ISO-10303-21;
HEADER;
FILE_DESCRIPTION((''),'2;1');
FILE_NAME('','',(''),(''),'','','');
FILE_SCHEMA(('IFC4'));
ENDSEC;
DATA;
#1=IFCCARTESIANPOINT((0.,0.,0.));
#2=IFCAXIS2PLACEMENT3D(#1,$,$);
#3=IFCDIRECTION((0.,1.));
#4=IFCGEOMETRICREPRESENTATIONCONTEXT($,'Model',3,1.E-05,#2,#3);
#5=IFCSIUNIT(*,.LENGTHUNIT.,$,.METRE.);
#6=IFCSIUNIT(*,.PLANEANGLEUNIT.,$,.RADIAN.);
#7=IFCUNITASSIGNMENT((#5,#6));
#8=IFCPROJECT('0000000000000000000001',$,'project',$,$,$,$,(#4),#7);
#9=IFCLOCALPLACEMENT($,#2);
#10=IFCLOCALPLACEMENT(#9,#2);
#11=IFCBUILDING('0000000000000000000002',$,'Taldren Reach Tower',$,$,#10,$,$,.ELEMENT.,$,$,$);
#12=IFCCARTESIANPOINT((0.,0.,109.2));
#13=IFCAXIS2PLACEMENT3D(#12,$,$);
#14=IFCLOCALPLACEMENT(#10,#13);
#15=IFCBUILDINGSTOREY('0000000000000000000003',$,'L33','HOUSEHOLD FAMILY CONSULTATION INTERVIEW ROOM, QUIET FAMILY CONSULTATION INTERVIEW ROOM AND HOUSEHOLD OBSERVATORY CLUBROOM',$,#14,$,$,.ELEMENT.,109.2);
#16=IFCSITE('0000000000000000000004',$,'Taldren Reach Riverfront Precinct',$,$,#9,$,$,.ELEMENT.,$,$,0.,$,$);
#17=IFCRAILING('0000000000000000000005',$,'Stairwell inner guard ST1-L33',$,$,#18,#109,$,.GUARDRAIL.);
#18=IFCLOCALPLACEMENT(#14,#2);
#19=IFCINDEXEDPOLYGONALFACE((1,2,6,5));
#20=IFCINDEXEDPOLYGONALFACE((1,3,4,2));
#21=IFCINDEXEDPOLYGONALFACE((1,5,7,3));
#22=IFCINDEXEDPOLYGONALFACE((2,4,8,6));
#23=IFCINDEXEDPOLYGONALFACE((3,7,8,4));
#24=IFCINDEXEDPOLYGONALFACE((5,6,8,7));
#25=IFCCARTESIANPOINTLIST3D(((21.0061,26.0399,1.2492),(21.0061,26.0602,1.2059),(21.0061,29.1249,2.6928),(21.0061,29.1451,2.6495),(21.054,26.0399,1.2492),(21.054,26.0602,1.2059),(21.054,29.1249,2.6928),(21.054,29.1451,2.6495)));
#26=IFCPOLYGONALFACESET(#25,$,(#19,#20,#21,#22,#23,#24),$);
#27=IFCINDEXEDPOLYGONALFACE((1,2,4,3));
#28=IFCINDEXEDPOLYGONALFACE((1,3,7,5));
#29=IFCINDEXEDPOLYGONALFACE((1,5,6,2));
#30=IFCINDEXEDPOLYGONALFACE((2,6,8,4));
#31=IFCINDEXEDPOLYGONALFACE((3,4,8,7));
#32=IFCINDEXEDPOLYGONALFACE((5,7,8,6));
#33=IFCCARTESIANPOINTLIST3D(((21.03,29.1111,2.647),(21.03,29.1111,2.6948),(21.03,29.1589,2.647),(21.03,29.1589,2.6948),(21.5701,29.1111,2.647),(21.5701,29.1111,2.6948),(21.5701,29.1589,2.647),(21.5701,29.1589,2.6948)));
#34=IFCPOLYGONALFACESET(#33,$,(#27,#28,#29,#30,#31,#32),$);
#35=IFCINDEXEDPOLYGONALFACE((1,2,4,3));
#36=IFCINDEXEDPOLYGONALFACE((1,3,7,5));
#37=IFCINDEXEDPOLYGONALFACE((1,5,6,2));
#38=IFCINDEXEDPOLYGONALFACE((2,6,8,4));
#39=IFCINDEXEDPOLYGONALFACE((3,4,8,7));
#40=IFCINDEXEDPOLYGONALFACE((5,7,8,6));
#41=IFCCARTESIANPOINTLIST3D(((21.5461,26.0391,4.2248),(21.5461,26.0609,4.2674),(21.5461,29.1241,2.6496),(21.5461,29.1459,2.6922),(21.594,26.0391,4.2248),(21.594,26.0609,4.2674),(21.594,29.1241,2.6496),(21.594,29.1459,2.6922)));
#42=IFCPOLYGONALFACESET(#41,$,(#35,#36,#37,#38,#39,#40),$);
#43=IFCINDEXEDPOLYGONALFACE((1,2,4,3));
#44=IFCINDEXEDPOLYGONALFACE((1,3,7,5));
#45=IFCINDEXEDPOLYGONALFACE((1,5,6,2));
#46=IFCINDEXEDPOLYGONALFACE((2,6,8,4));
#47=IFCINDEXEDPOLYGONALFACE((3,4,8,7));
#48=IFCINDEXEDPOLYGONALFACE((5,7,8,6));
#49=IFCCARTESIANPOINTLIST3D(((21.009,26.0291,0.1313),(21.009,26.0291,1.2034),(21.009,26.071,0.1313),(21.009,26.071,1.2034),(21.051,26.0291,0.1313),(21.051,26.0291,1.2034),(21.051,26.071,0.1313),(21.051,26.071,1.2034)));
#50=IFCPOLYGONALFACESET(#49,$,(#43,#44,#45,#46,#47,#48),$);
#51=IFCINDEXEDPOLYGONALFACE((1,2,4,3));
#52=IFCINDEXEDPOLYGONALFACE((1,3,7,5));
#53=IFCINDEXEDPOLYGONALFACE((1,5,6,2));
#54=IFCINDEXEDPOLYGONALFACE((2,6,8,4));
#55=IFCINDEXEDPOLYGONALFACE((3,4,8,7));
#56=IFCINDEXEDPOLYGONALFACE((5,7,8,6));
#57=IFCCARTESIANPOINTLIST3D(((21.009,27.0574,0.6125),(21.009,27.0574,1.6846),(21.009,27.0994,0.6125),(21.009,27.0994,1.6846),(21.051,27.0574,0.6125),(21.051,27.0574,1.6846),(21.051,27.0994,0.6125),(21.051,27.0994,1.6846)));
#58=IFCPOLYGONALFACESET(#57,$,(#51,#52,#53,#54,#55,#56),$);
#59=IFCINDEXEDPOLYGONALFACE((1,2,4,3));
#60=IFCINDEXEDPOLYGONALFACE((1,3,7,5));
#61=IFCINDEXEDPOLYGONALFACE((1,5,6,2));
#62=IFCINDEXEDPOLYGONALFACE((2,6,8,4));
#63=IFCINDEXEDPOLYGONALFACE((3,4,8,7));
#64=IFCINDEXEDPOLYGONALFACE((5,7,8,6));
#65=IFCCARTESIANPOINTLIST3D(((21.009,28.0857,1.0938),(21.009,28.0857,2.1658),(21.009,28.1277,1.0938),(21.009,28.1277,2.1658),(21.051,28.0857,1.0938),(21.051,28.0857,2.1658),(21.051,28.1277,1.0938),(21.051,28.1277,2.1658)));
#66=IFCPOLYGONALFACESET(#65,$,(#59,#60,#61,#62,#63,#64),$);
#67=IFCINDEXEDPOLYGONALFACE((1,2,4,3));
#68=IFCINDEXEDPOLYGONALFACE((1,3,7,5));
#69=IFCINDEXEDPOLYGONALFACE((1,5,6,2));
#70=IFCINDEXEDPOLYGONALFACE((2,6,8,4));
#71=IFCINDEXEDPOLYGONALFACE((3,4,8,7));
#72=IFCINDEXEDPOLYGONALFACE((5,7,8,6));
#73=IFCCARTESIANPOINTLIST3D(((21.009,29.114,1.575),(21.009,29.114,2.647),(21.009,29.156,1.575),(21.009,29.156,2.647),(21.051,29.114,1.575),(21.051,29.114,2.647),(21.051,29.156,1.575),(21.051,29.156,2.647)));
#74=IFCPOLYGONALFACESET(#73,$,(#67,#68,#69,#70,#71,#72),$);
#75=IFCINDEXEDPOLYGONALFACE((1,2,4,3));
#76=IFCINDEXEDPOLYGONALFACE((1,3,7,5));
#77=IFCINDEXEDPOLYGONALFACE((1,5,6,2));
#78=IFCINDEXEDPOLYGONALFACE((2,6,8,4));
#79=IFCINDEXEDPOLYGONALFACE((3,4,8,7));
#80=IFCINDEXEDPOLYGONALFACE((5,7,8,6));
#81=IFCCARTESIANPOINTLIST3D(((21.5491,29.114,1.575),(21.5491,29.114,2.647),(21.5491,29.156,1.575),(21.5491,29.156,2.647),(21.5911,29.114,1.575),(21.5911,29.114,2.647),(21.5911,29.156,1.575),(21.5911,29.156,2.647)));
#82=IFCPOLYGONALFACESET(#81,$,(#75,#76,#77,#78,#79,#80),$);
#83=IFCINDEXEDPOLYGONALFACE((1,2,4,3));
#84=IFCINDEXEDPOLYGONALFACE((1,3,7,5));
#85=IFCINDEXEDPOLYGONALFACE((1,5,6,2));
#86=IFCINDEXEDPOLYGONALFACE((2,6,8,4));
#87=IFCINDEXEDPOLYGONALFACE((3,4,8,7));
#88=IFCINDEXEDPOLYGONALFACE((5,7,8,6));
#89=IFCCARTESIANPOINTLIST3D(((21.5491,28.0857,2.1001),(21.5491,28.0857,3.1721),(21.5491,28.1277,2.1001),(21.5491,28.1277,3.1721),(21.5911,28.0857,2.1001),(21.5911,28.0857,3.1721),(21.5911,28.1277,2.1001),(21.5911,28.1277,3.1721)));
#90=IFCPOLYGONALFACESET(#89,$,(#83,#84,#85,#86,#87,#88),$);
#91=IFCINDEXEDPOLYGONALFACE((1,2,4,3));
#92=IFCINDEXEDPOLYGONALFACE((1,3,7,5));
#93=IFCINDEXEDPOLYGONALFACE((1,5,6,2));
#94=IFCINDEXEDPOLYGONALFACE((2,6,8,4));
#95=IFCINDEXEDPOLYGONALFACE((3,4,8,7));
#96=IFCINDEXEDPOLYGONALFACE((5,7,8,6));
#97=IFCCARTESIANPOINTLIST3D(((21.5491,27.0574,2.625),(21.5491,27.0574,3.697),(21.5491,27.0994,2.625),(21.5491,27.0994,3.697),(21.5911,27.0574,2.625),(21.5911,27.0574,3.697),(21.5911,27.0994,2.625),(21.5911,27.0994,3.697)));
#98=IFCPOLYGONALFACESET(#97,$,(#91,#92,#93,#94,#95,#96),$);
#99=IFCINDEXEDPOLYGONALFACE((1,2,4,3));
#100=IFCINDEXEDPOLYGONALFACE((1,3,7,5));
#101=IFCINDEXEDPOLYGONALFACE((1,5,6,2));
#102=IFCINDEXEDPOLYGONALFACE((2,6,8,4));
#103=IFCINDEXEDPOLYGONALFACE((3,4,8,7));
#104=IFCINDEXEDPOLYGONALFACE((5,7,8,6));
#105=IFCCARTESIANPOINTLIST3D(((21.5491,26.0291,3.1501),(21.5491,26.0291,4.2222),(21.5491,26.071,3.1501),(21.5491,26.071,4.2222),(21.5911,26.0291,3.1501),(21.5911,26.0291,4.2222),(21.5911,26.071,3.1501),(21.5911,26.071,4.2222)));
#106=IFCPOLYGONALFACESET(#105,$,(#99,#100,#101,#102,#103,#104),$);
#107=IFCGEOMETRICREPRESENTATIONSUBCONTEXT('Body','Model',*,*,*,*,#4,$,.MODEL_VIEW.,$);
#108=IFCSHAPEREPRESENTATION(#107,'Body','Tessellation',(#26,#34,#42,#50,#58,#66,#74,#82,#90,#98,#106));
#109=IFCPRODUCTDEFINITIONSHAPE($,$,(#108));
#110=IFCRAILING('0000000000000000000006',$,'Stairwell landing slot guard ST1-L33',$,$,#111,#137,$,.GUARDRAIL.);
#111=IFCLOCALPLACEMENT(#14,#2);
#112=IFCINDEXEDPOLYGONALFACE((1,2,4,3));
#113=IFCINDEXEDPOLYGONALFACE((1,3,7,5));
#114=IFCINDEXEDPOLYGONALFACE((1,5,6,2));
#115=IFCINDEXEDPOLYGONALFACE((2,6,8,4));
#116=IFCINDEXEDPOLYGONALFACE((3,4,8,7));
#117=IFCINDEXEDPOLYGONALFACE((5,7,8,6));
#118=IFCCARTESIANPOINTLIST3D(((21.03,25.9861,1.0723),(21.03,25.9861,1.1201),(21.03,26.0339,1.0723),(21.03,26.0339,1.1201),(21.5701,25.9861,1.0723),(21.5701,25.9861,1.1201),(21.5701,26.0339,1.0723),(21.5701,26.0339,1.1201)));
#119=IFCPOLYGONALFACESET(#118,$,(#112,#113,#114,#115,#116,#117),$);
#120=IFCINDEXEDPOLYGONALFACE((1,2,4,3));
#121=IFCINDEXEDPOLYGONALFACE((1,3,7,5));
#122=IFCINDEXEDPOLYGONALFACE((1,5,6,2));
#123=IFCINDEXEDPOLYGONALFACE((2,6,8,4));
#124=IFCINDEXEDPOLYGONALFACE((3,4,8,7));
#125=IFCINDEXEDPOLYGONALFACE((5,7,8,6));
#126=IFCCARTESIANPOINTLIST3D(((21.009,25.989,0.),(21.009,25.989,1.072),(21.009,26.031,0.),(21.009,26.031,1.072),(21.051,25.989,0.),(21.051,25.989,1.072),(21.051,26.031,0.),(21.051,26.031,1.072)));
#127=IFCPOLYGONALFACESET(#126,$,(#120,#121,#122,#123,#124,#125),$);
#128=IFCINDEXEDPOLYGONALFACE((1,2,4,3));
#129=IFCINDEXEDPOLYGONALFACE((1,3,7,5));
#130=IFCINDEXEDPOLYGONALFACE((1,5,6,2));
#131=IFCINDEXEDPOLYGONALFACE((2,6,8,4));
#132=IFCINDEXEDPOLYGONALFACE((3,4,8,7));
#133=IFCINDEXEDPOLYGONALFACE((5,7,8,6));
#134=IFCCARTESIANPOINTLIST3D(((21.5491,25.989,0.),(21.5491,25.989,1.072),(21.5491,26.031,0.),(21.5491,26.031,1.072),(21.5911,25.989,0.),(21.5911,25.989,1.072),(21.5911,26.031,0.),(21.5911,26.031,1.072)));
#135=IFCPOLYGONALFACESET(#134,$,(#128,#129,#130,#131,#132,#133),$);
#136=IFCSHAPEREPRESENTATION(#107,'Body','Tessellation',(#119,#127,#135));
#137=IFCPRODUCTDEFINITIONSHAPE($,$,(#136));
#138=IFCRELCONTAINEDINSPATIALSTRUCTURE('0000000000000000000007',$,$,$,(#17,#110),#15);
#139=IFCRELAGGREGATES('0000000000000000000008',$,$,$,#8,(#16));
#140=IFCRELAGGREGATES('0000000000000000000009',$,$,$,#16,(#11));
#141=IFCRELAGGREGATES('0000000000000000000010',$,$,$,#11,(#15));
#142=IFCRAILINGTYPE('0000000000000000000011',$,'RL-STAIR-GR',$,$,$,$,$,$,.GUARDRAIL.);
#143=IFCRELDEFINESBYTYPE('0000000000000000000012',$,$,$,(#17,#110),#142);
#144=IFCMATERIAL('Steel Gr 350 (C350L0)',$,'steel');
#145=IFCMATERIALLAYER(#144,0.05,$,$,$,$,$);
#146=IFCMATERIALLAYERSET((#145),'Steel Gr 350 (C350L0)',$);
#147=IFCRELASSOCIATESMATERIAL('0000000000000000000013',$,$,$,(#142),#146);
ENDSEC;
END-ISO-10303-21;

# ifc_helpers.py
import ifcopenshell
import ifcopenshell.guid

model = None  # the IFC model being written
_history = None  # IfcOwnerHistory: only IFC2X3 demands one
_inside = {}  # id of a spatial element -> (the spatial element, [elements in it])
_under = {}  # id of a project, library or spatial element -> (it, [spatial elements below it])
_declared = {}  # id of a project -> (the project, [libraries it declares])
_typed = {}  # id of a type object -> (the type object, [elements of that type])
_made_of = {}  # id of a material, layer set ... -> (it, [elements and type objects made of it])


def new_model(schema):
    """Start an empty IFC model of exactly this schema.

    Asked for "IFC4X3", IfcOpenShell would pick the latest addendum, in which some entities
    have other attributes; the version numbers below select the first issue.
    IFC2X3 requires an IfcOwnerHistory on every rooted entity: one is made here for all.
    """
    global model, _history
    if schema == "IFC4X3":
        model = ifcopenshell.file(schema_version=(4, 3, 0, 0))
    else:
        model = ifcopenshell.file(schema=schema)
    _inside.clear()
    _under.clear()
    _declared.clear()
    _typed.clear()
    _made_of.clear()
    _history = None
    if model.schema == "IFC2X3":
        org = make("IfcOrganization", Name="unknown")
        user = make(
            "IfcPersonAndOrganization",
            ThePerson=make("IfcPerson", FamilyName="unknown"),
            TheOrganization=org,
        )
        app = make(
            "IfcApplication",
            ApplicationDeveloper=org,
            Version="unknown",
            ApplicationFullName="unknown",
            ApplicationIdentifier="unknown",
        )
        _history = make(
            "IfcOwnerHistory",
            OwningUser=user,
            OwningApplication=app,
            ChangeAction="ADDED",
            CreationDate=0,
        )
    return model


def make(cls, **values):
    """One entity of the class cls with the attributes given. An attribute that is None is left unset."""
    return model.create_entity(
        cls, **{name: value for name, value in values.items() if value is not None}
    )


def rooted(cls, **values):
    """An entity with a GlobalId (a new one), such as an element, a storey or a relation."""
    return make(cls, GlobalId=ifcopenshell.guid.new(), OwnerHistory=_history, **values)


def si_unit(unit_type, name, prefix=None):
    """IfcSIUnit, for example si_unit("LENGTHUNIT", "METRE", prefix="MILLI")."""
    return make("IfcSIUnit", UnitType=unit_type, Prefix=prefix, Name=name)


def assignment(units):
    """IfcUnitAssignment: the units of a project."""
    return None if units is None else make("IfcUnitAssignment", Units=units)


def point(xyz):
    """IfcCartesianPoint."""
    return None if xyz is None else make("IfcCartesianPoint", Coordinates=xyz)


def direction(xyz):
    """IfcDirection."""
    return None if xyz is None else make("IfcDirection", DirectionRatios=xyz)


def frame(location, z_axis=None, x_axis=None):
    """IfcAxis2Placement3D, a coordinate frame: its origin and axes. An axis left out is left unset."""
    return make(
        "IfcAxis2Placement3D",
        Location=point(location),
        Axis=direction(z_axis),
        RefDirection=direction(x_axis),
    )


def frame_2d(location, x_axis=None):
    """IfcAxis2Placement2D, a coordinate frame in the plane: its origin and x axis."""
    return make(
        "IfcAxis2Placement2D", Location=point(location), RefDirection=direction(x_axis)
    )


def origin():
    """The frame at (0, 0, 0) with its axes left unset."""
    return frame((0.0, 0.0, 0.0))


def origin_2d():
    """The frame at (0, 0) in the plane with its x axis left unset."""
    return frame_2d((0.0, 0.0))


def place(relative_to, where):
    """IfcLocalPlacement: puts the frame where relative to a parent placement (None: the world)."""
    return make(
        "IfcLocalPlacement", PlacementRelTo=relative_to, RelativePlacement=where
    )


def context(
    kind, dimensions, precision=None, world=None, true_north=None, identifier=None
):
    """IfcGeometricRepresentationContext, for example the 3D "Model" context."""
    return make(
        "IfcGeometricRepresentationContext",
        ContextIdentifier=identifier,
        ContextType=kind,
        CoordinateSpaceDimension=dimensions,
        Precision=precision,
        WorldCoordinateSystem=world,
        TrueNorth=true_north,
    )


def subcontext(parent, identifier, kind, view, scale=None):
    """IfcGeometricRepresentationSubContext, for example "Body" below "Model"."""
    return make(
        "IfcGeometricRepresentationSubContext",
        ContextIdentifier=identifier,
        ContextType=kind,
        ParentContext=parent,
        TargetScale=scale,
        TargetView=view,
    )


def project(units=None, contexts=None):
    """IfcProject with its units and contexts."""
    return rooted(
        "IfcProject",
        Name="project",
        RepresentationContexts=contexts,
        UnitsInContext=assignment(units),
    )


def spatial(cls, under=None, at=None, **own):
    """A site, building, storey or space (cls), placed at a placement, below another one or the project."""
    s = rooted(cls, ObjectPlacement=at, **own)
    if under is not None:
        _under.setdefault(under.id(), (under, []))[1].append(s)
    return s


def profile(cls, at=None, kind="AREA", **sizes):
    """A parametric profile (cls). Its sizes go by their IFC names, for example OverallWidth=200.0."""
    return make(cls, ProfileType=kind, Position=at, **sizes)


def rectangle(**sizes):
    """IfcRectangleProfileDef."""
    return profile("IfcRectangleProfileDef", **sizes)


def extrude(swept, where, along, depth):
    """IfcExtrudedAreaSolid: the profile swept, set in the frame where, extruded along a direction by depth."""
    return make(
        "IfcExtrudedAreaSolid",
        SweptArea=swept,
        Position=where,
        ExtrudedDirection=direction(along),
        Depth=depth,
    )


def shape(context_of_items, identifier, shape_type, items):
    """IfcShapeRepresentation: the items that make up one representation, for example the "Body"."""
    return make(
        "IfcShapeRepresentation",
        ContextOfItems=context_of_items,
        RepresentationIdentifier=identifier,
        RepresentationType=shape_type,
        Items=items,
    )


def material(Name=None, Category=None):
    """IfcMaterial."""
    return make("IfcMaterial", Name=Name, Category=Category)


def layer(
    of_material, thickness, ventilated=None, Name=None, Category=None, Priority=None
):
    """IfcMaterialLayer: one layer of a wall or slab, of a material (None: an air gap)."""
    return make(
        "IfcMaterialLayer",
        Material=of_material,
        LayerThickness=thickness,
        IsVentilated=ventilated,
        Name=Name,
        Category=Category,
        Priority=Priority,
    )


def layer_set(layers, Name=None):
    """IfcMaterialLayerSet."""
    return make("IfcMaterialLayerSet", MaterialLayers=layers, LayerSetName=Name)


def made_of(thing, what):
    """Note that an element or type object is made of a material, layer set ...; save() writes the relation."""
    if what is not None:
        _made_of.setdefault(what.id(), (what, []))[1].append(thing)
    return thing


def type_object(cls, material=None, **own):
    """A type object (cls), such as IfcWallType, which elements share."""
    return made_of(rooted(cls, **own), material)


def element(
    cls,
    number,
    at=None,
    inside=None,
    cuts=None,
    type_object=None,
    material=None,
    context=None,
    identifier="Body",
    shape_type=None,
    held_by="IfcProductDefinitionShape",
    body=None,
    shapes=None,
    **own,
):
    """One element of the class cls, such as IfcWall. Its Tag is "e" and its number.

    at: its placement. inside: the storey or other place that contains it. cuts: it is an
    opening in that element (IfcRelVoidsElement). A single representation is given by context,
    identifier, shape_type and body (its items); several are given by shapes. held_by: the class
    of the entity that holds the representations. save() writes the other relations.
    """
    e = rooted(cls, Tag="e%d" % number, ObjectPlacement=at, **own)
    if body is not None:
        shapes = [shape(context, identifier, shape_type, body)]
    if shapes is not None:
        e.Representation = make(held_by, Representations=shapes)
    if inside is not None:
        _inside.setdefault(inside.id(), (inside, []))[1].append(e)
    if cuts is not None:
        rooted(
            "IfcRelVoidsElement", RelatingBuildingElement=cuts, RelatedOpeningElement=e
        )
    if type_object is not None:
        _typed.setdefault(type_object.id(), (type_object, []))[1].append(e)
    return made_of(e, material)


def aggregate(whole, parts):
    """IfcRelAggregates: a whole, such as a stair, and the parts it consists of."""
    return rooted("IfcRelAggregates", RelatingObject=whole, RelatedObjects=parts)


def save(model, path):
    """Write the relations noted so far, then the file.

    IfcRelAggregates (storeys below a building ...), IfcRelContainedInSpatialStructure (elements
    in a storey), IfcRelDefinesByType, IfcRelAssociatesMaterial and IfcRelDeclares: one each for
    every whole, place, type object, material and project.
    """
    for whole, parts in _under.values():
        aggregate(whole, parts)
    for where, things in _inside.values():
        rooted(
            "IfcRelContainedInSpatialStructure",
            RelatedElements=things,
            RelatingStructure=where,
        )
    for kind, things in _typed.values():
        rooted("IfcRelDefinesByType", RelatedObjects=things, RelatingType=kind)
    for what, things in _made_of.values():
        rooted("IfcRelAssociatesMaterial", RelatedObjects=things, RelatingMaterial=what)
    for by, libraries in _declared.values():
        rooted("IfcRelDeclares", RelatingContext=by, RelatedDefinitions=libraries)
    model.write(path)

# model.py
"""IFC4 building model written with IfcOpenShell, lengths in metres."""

from ifc_helpers import new_model, si_unit, direction, frame, origin, origin_2d, place, context, subcontext, project, spatial, rectangle, extrude, material, layer, layer_set, type_object, element, save


model = new_model("IFC4")

# Units and contexts
model_context = context("Model", 3, precision=1e-05, world=origin(), true_north=direction((0.0, 1.0)))
body_context = subcontext(model_context, "Body", "Model", "MODEL_VIEW")
ifc_project = project(units=[si_unit("LENGTHUNIT", "METRE"), si_unit("PLANEANGLEUNIT", "RADIAN")], contexts=[model_context])

# Site, building, storey
site_placement = place(None, origin())
site = spatial("IfcSite", under=ifc_project, at=site_placement, Name="Taldren Reach Riverfront Precinct", CompositionType="ELEMENT", RefElevation=0.0)
building_placement = place(site_placement, origin())
building = spatial("IfcBuilding", under=site, at=building_placement, Name="Taldren Reach Tower", CompositionType="ELEMENT")
storey_placement = place(building_placement, frame((0.0, 0.0, 109.2)))
storey = spatial("IfcBuildingStorey", under=building, at=storey_placement, Name="L33", Description="HOUSEHOLD FAMILY CONSULTATION INTERVIEW ROOM, QUIET FAMILY CONSULTATION INTERVIEW ROOM AND HOUSEHOLD OBSERVATORY CLUBROOM", CompositionType="ELEMENT", Elevation=109.2)

# Shared definitions
ifc_material_1 = material(Name="Steel Gr 350 (C350L0)", Category="steel")

# Railings
ifc_layer_1 = layer(ifc_material_1, 0.05)
ifc_layer_set_1 = layer_set([ifc_layer_1], Name="Steel Gr 350 (C350L0)")
railing_type_1 = type_object("IfcRailingType", Name="RL-STAIR-GR", PredefinedType="GUARDRAIL", material=ifc_layer_set_1)
railing_1_placement = place(storey_placement, frame((21.03, 26.05, 0.1313)))
element("IfcRailing", 1, at=railing_1_placement, inside=storey, type_object=railing_type_1, Name="Stairwell inner guard ST1-L33", PredefinedType="GUARDRAIL", context=body_context, shape_type="SweptSolid", body=[
    extrude(rectangle(XDim=0.0479, YDim=0.0479, at=origin_2d()), frame((0.0, 0.0, 1.0962), z_axis=(0.0, 0.905738, 0.423839), x_axis=(-1.0, 0.0, 0.0)), (0.0, 0.0, 1.0), 3.406),
    extrude(rectangle(XDim=0.0479, YDim=0.0479, at=origin_2d()), frame((0.0, 3.085, 2.5396), z_axis=(1.0, 0.0, 0.0), x_axis=(0.0, 1.0, 0.0)), (0.0, 0.0, 1.0), 0.54),
    extrude(rectangle(XDim=0.0479, YDim=0.0479, at=origin_2d()), frame((0.54, 3.085, 2.5396), z_axis=(0.0, -0.890617, 0.454753), x_axis=(1.0, 0.0, 0.0)), (0.0, 0.0, 1.0), 3.4639),
    extrude(rectangle(XDim=0.042, YDim=0.042, at=origin_2d()), origin(), (0.0, 0.0, 1.0), 1.072),
    extrude(rectangle(XDim=0.042, YDim=0.042, at=origin_2d()), frame((0.0, 1.0283, 0.4812)), (0.0, 0.0, 1.0), 1.072),
    extrude(rectangle(XDim=0.042, YDim=0.042, at=origin_2d()), frame((0.0, 2.0566, 0.9624)), (0.0, 0.0, 1.0), 1.072),
    extrude(rectangle(XDim=0.042, YDim=0.042, at=origin_2d()), frame((0.0, 3.085, 1.4436)), (0.0, 0.0, 1.0), 1.072),
    extrude(rectangle(XDim=0.042, YDim=0.042, at=origin_2d()), frame((0.54, 3.085, 1.4436)), (0.0, 0.0, 1.0), 1.072),
    extrude(rectangle(XDim=0.042, YDim=0.042, at=origin_2d()), frame((0.54, 2.0566, 1.9688)), (0.0, 0.0, 1.0), 1.072),
    extrude(rectangle(XDim=0.042, YDim=0.042, at=origin_2d()), frame((0.54, 1.0283, 2.4937)), (0.0, 0.0, 1.0), 1.072),
    extrude(rectangle(XDim=0.042, YDim=0.042, at=origin_2d()), frame((0.54, 0.0, 3.0188)), (0.0, 0.0, 1.0), 1.072),
])
railing_2_placement = place(storey_placement, frame((21.03, 26.01, 0.0)))
element("IfcRailing", 2, at=railing_2_placement, inside=storey, type_object=railing_type_1, Name="Stairwell landing slot guard ST1-L33", PredefinedType="GUARDRAIL", context=body_context, shape_type="SweptSolid", body=[
    extrude(rectangle(XDim=0.0479, YDim=0.0479, at=origin_2d()), frame((0.0, 0.0, 1.0962), z_axis=(1.0, 0.0, 0.0), x_axis=(0.0, 1.0, 0.0)), (0.0, 0.0, 1.0), 0.54),
    extrude(rectangle(XDim=0.042, YDim=0.042, at=origin_2d()), origin(), (0.0, 0.0, 1.0), 1.072),
    extrude(rectangle(XDim=0.042, YDim=0.042, at=origin_2d()), frame((0.54, 0.0, 0.0)), (0.0, 0.0, 1.0), 1.072),
])

save(model, "model.ifc")
